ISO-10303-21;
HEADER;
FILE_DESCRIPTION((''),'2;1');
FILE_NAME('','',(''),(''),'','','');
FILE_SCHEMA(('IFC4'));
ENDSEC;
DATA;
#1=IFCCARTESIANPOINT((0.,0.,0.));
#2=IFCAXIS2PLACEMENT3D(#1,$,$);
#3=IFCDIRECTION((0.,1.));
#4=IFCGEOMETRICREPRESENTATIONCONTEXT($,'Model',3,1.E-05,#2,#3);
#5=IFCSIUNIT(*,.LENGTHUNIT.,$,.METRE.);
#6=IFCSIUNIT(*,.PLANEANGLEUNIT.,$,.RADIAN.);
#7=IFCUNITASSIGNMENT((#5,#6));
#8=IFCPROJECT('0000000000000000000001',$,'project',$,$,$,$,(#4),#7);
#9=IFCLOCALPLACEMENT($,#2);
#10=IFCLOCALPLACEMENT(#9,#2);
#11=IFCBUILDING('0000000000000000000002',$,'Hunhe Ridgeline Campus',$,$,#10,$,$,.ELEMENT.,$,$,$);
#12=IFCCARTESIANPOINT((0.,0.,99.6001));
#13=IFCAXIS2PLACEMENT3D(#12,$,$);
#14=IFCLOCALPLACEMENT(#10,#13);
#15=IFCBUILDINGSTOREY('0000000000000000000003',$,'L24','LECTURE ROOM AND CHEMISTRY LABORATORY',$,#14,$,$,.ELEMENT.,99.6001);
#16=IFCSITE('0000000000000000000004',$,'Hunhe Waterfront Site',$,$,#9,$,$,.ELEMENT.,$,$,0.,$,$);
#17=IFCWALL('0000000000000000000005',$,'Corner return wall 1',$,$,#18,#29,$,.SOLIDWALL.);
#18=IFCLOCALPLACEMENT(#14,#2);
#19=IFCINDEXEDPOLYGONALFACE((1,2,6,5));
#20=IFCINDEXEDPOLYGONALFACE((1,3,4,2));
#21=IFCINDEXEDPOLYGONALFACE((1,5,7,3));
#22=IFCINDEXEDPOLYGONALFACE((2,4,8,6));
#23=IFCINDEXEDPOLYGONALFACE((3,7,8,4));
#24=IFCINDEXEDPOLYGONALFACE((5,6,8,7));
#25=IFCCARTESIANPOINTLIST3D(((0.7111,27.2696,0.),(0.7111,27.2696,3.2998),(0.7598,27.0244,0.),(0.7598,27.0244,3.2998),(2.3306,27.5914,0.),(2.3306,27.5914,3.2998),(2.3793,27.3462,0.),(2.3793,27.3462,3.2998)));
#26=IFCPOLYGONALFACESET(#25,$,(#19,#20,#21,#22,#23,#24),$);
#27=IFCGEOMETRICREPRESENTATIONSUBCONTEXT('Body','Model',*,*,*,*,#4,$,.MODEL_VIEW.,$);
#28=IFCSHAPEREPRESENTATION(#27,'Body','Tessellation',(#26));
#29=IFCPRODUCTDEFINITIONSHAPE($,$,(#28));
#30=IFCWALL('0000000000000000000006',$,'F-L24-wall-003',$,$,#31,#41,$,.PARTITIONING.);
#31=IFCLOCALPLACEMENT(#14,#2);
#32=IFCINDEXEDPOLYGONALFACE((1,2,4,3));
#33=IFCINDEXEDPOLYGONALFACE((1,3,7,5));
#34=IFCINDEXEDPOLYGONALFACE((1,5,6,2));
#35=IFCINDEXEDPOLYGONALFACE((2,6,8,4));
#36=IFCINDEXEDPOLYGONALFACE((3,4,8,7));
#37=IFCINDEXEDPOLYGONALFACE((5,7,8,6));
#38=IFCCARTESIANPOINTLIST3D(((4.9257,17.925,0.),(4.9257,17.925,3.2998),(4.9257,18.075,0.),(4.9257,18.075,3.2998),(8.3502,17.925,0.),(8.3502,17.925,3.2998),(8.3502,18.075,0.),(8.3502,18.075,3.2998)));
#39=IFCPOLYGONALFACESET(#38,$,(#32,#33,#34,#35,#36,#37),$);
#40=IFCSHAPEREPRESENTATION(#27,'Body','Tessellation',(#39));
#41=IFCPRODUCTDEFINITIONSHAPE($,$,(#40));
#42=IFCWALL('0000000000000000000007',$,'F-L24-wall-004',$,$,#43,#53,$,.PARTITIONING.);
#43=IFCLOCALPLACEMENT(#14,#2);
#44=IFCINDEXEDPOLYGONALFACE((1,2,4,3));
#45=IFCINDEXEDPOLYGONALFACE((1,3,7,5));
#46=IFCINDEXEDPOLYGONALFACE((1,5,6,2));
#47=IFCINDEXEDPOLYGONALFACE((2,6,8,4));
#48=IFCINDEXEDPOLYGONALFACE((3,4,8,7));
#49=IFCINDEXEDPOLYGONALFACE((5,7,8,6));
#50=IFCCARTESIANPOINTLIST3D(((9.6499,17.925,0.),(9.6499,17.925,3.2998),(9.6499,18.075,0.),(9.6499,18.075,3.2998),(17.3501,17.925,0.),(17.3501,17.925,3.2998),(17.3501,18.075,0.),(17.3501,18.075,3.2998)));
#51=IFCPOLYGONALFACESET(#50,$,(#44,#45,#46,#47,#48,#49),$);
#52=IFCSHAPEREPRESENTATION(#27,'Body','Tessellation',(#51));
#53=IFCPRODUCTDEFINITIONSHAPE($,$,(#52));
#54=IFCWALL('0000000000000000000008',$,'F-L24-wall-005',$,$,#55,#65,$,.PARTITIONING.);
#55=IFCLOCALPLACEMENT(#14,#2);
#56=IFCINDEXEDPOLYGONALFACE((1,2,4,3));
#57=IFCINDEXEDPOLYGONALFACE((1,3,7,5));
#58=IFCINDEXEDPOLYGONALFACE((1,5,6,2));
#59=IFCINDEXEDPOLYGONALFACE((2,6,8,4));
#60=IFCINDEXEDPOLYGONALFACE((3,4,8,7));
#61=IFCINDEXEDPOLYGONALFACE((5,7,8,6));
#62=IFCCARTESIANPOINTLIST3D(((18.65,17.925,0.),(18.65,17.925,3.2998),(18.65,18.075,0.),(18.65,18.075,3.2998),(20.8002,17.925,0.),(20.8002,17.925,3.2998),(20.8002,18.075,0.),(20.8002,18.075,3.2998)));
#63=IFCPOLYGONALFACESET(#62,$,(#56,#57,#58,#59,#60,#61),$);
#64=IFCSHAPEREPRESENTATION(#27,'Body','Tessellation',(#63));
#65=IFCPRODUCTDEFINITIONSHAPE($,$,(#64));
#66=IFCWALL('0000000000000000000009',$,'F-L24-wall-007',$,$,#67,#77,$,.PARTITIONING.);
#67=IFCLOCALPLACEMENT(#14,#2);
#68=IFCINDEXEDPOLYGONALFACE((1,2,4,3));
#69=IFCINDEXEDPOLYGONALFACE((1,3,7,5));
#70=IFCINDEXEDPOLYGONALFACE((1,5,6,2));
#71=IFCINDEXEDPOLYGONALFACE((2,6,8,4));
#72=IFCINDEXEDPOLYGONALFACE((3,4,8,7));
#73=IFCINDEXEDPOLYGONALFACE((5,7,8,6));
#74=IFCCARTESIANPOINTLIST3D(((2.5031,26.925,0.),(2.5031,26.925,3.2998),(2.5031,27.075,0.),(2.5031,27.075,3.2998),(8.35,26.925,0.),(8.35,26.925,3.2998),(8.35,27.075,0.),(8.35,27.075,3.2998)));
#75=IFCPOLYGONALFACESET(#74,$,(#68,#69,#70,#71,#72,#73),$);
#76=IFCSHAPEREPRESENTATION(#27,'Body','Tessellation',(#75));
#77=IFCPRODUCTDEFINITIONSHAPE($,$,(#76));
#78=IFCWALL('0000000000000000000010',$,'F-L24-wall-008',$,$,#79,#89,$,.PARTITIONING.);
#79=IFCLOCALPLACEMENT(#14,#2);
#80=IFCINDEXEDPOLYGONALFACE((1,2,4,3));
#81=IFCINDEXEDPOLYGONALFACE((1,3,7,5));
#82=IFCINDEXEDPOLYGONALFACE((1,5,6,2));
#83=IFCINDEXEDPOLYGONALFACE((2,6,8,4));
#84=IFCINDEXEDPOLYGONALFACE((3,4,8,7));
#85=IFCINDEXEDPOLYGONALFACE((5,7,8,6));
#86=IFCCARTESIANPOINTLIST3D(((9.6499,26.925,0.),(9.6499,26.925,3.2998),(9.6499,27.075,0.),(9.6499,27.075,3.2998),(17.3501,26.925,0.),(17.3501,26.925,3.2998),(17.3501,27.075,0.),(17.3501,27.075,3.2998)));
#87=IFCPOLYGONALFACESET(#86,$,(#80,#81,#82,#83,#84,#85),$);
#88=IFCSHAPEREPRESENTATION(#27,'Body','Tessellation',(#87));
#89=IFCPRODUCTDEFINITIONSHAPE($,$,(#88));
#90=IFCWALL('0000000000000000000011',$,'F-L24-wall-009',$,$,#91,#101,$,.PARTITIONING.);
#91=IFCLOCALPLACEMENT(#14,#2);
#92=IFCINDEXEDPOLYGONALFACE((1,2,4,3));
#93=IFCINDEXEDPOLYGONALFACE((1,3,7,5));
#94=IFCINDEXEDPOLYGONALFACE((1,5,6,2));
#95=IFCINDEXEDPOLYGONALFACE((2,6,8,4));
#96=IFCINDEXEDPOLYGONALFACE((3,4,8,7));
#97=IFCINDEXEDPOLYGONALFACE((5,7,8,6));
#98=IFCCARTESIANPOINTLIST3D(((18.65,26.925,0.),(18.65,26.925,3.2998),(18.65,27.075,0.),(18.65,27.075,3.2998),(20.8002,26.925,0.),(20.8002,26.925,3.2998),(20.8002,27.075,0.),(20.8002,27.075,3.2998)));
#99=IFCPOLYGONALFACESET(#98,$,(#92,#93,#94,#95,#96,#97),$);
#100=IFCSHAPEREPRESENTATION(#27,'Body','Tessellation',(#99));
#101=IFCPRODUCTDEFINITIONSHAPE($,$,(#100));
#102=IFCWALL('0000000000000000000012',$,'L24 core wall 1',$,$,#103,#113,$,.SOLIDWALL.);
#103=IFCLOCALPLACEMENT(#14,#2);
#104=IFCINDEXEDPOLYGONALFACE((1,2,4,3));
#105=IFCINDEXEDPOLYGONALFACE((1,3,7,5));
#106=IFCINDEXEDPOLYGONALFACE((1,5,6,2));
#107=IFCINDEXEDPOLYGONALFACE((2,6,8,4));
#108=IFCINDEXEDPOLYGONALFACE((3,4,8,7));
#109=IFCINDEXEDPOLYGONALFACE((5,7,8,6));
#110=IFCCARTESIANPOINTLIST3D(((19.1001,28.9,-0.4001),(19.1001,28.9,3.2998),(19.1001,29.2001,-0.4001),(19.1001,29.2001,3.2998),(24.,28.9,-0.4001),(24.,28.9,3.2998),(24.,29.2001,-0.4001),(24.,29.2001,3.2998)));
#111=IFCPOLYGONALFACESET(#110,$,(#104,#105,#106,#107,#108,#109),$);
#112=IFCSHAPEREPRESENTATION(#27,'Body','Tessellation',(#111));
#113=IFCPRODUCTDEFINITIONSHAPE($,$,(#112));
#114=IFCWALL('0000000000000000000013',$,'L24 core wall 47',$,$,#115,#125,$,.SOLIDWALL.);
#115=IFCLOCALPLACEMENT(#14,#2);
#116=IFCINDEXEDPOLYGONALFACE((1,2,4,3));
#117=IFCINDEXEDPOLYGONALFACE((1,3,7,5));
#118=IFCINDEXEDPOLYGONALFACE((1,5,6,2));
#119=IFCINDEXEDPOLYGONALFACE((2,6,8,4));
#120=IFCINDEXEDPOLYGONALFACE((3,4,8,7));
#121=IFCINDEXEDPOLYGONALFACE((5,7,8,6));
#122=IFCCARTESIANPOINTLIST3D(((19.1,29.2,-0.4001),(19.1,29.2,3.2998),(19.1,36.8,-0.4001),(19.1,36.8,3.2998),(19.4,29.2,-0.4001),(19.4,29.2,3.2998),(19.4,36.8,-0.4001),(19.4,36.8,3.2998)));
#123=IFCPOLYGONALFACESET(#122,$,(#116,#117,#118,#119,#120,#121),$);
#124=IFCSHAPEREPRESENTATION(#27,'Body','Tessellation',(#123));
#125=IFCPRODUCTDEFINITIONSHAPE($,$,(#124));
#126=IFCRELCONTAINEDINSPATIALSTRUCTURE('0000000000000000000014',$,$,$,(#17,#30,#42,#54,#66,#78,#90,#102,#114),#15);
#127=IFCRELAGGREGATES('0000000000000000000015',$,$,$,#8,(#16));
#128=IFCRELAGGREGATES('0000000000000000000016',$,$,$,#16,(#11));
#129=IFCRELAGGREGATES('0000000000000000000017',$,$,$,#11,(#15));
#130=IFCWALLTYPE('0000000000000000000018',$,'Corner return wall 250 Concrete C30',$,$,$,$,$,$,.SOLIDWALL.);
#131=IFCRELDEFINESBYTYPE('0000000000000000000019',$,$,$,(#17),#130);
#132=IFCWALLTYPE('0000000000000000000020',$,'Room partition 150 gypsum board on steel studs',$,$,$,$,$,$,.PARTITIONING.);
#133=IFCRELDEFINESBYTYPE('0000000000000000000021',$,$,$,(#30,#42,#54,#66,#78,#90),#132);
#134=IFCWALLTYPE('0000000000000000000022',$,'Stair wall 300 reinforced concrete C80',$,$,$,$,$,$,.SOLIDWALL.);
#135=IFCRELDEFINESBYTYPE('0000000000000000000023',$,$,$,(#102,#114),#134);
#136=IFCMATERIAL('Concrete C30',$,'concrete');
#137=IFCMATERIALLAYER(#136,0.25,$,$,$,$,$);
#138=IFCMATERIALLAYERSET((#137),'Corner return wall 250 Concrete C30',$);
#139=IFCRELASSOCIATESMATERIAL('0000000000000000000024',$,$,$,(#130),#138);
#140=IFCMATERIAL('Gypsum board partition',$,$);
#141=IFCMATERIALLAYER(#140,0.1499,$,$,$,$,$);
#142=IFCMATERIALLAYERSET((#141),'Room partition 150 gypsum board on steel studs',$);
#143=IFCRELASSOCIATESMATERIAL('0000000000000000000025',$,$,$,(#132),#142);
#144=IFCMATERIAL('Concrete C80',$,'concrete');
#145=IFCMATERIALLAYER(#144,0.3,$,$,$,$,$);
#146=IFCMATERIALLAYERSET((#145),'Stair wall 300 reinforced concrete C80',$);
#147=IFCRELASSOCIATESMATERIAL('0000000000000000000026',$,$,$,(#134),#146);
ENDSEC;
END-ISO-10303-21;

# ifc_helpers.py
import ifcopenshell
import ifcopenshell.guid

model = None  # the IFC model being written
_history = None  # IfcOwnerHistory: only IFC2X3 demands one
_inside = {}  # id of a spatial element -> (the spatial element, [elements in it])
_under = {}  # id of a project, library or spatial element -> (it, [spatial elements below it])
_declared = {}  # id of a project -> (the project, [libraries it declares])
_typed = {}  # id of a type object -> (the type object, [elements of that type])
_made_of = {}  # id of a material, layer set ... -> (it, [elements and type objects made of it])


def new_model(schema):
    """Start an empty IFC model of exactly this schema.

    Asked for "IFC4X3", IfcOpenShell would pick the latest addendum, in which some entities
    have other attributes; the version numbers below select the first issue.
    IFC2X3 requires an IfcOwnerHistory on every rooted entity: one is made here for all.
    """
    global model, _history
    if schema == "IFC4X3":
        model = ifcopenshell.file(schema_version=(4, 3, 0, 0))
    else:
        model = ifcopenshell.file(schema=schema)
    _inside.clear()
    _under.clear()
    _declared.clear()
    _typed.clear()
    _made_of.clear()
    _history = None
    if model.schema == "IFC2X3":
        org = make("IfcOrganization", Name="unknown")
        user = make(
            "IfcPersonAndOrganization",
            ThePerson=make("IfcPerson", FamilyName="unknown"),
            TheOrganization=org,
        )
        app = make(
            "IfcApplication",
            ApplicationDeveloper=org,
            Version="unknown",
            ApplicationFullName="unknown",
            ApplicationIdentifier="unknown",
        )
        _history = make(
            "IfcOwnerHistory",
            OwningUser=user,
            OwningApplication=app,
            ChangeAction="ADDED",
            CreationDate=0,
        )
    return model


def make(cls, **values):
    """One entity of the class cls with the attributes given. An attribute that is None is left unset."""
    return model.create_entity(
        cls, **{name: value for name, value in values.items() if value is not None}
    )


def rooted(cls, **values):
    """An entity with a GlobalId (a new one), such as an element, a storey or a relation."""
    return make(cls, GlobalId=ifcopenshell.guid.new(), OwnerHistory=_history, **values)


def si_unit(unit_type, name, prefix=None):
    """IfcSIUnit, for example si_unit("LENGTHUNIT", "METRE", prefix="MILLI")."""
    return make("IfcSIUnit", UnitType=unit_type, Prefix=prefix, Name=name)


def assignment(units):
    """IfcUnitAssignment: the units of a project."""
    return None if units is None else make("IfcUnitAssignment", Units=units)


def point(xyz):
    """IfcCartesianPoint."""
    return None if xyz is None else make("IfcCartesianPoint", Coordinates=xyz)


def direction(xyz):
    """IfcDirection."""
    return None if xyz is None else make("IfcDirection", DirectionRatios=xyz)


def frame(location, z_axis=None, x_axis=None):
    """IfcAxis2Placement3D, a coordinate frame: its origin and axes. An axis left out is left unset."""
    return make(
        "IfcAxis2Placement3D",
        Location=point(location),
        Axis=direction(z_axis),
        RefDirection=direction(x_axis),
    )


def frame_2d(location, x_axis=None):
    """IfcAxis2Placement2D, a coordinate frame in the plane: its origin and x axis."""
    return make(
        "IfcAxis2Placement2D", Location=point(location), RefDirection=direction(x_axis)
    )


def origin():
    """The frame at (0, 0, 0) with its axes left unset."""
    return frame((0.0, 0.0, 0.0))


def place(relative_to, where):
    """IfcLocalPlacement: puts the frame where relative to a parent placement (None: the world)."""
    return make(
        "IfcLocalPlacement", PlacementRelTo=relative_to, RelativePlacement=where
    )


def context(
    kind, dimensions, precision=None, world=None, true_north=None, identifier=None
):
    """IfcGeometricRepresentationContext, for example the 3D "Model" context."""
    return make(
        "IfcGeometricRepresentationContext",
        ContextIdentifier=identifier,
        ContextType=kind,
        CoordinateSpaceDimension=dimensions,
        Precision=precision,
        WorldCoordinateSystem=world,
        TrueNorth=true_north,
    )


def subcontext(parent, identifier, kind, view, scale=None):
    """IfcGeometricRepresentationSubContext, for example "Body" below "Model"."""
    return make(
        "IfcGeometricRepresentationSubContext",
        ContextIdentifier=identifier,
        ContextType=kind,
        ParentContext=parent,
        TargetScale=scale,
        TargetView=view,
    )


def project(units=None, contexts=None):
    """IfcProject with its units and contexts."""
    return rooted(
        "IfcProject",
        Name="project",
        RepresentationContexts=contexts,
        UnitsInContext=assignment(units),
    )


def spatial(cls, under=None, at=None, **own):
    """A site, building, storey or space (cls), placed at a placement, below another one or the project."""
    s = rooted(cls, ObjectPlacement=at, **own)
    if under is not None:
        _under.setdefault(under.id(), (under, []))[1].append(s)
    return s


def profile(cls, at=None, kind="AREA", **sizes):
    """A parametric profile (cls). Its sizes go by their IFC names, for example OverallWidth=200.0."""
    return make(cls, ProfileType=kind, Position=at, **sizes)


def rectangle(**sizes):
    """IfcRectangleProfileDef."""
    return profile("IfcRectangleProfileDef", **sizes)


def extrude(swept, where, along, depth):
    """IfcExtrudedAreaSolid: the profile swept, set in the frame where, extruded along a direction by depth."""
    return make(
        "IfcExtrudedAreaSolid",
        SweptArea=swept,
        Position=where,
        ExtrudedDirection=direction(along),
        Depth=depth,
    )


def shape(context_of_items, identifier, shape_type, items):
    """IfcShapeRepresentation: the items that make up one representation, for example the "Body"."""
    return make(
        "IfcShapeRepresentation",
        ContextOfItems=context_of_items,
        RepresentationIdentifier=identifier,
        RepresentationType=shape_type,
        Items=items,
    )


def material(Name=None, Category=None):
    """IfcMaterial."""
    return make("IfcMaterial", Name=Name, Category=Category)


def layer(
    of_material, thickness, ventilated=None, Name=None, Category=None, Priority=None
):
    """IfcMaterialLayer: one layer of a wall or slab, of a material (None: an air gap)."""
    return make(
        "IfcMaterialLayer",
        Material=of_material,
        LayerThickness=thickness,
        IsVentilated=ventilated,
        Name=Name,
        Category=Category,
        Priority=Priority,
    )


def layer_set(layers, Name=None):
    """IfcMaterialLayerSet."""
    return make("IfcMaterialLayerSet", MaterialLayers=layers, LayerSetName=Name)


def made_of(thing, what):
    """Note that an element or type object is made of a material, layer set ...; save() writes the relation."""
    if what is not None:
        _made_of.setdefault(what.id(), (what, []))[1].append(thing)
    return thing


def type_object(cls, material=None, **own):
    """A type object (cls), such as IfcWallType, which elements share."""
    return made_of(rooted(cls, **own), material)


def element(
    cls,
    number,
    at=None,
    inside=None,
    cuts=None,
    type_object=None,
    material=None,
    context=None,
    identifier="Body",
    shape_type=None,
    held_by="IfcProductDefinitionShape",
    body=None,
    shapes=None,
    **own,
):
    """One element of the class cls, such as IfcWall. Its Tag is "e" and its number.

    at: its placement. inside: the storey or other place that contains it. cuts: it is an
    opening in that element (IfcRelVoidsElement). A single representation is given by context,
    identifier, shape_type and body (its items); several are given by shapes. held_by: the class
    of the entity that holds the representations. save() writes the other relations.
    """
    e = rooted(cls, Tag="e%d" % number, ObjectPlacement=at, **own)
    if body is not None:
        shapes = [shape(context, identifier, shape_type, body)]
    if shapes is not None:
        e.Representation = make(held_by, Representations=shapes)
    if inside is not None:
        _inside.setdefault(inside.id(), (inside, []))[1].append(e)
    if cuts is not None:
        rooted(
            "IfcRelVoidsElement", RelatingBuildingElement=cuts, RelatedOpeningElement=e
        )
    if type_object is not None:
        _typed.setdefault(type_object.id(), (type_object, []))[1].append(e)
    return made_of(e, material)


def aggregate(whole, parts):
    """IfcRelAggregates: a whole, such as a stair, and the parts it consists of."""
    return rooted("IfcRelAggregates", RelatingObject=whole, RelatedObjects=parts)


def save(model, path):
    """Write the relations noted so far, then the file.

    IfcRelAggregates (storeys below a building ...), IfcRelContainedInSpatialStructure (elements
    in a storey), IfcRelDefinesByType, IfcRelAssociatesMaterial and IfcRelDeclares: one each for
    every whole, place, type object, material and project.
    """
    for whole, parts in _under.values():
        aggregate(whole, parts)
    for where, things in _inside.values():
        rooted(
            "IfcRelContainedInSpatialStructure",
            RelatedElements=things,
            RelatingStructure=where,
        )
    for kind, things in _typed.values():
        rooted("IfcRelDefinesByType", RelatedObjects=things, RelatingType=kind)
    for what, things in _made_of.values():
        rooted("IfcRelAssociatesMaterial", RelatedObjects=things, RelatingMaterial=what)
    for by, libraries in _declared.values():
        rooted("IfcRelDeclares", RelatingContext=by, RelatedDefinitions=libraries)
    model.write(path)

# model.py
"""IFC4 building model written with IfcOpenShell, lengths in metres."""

from ifc_helpers import new_model, si_unit, direction, frame, frame_2d, origin, place, context, subcontext, project, spatial, rectangle, extrude, material, layer, layer_set, type_object, element, save


model = new_model("IFC4")

# Units and contexts
model_context = context("Model", 3, precision=1e-05, world=origin(), true_north=direction((0.0, 1.0)))
body_context = subcontext(model_context, "Body", "Model", "MODEL_VIEW")
ifc_project = project(units=[si_unit("LENGTHUNIT", "METRE"), si_unit("PLANEANGLEUNIT", "RADIAN")], contexts=[model_context])

# Site, building, storey
site_placement = place(None, origin())
site = spatial("IfcSite", under=ifc_project, at=site_placement, Name="Hunhe Waterfront Site", CompositionType="ELEMENT", RefElevation=0.0)
building_placement = place(site_placement, origin())
building = spatial("IfcBuilding", under=site, at=building_placement, Name="Hunhe Ridgeline Campus", CompositionType="ELEMENT")
storey_placement = place(building_placement, frame((0.0, 0.0, 99.6001)))
storey = spatial("IfcBuildingStorey", under=building, at=storey_placement, Name="L24", Description="LECTURE ROOM AND CHEMISTRY LABORATORY", CompositionType="ELEMENT", Elevation=99.6001)

# Walls
ifc_material_1 = material(Name="Concrete C30", Category="concrete")
ifc_layer_1 = layer(ifc_material_1, 0.25)
ifc_layer_set_1 = layer_set([ifc_layer_1], Name="Corner return wall 250 Concrete C30")
wall_type_1 = type_object("IfcWallType", Name="Corner return wall 250 Concrete C30", PredefinedType="SOLIDWALL", material=ifc_layer_set_1)
wall_1_placement = place(storey_placement, frame((0.7354, 27.147, 0.0), z_axis=(0.0, 0.0, 1.0), x_axis=(0.980824, 0.194893, 0.0)))
element("IfcWall", 1, at=wall_1_placement, inside=storey, type_object=wall_type_1, Name="Corner return wall 1", PredefinedType="SOLIDWALL", context=body_context, shape_type="SweptSolid", body=[
    extrude(rectangle(XDim=1.6511, YDim=0.25, at=frame_2d((0.8257, 0.0))), origin(), (0.0, 0.0, 1.0), 3.2998),
])
ifc_material_2 = material(Name="Gypsum board partition")
ifc_layer_2 = layer(ifc_material_2, 0.1499)
ifc_layer_set_2 = layer_set([ifc_layer_2], Name="Room partition 150 gypsum board on steel studs")
wall_type_2 = type_object("IfcWallType", Name="Room partition 150 gypsum board on steel studs", PredefinedType="PARTITIONING", material=ifc_layer_set_2)
wall_2_placement = place(storey_placement, frame((4.9255, 18.0, 0.0), z_axis=(0.0, 0.0, 1.0), x_axis=(1.0, 0.0, 0.0)))
element("IfcWall", 2, at=wall_2_placement, inside=storey, type_object=wall_type_2, Name="F-L24-wall-003", PredefinedType="PARTITIONING", context=body_context, shape_type="SweptSolid", body=[
    extrude(rectangle(XDim=3.4246, YDim=0.1499, at=frame_2d((1.7124, 0.0))), origin(), (0.0, 0.0, 1.0), 3.2998),
])
wall_3_placement = place(storey_placement, frame((9.6499, 18.0, 0.0), z_axis=(0.0, 0.0, 1.0), x_axis=(1.0, 0.0, 0.0)))
element("IfcWall", 3, at=wall_3_placement, inside=storey, type_object=wall_type_2, Name="F-L24-wall-004", PredefinedType="PARTITIONING", context=body_context, shape_type="SweptSolid", body=[
    extrude(rectangle(XDim=7.7002, YDim=0.1499, at=frame_2d((3.8501, 0.0))), origin(), (0.0, 0.0, 1.0), 3.2998),
])
wall_4_placement = place(storey_placement, frame((18.6499, 18.0, 0.0), z_axis=(0.0, 0.0, 1.0), x_axis=(1.0, 0.0, 0.0)))
element("IfcWall", 4, at=wall_4_placement, inside=storey, type_object=wall_type_2, Name="F-L24-wall-005", PredefinedType="PARTITIONING", context=body_context, shape_type="SweptSolid", body=[
    extrude(rectangle(XDim=2.1501, YDim=0.1499, at=frame_2d((1.0752, 0.0))), origin(), (0.0, 0.0, 1.0), 3.2998),
])
wall_5_placement = place(storey_placement, frame((2.5032, 27.0, 0.0), z_axis=(0.0, 0.0, 1.0), x_axis=(1.0, 0.0, 0.0)))
element("IfcWall", 5, at=wall_5_placement, inside=storey, type_object=wall_type_2, Name="F-L24-wall-007", PredefinedType="PARTITIONING", context=body_context, shape_type="SweptSolid", body=[
    extrude(rectangle(XDim=5.8469, YDim=0.1499, at=frame_2d((2.9233, 0.0))), origin(), (0.0, 0.0, 1.0), 3.2998),
])
wall_6_placement = place(storey_placement, frame((9.6499, 27.0, 0.0), z_axis=(0.0, 0.0, 1.0), x_axis=(1.0, 0.0, 0.0)))
element("IfcWall", 6, at=wall_6_placement, inside=storey, type_object=wall_type_2, Name="F-L24-wall-008", PredefinedType="PARTITIONING", context=body_context, shape_type="SweptSolid", body=[
    extrude(rectangle(XDim=7.7002, YDim=0.1499, at=frame_2d((3.8501, 0.0))), origin(), (0.0, 0.0, 1.0), 3.2998),
])
wall_7_placement = place(storey_placement, frame((18.6499, 27.0, 0.0), z_axis=(0.0, 0.0, 1.0), x_axis=(1.0, 0.0, 0.0)))
element("IfcWall", 7, at=wall_7_placement, inside=storey, type_object=wall_type_2, Name="F-L24-wall-009", PredefinedType="PARTITIONING", context=body_context, shape_type="SweptSolid", body=[
    extrude(rectangle(XDim=2.1501, YDim=0.1499, at=frame_2d((1.0752, 0.0))), origin(), (0.0, 0.0, 1.0), 3.2998),
])
ifc_material_3 = material(Name="Concrete C80", Category="concrete")
ifc_layer_3 = layer(ifc_material_3, 0.3)
ifc_layer_set_3 = layer_set([ifc_layer_3], Name="Stair wall 300 reinforced concrete C80")
wall_type_3 = type_object("IfcWallType", Name="Stair wall 300 reinforced concrete C80", PredefinedType="SOLIDWALL", material=ifc_layer_set_3)
wall_8_placement = place(storey_placement, frame((19.1001, 29.05, -0.4001), z_axis=(0.0, 0.0, 1.0), x_axis=(1.0, 0.0, 0.0)))
element("IfcWall", 8, at=wall_8_placement, inside=storey, type_object=wall_type_3, Name="L24 core wall 1", PredefinedType="SOLIDWALL", context=body_context, shape_type="SweptSolid", body=[
    extrude(rectangle(XDim=4.8999, YDim=0.3, at=frame_2d((2.45, 0.0))), origin(), (0.0, 0.0, 1.0), 3.7),
])
wall_9_placement = place(storey_placement, frame((19.25, 29.2, -0.4001), z_axis=(0.0, 0.0, 1.0), x_axis=(0.0, 1.0, 0.0)))
element("IfcWall", 9, at=wall_9_placement, inside=storey, type_object=wall_type_3, Name="L24 core wall 47", PredefinedType="SOLIDWALL", context=body_context, shape_type="SweptSolid", body=[
    extrude(rectangle(XDim=7.6001, YDim=0.3, at=frame_2d((3.8, 0.0))), origin(), (0.0, 0.0, 1.0), 3.7),
])

save(model, "model.ifc")
